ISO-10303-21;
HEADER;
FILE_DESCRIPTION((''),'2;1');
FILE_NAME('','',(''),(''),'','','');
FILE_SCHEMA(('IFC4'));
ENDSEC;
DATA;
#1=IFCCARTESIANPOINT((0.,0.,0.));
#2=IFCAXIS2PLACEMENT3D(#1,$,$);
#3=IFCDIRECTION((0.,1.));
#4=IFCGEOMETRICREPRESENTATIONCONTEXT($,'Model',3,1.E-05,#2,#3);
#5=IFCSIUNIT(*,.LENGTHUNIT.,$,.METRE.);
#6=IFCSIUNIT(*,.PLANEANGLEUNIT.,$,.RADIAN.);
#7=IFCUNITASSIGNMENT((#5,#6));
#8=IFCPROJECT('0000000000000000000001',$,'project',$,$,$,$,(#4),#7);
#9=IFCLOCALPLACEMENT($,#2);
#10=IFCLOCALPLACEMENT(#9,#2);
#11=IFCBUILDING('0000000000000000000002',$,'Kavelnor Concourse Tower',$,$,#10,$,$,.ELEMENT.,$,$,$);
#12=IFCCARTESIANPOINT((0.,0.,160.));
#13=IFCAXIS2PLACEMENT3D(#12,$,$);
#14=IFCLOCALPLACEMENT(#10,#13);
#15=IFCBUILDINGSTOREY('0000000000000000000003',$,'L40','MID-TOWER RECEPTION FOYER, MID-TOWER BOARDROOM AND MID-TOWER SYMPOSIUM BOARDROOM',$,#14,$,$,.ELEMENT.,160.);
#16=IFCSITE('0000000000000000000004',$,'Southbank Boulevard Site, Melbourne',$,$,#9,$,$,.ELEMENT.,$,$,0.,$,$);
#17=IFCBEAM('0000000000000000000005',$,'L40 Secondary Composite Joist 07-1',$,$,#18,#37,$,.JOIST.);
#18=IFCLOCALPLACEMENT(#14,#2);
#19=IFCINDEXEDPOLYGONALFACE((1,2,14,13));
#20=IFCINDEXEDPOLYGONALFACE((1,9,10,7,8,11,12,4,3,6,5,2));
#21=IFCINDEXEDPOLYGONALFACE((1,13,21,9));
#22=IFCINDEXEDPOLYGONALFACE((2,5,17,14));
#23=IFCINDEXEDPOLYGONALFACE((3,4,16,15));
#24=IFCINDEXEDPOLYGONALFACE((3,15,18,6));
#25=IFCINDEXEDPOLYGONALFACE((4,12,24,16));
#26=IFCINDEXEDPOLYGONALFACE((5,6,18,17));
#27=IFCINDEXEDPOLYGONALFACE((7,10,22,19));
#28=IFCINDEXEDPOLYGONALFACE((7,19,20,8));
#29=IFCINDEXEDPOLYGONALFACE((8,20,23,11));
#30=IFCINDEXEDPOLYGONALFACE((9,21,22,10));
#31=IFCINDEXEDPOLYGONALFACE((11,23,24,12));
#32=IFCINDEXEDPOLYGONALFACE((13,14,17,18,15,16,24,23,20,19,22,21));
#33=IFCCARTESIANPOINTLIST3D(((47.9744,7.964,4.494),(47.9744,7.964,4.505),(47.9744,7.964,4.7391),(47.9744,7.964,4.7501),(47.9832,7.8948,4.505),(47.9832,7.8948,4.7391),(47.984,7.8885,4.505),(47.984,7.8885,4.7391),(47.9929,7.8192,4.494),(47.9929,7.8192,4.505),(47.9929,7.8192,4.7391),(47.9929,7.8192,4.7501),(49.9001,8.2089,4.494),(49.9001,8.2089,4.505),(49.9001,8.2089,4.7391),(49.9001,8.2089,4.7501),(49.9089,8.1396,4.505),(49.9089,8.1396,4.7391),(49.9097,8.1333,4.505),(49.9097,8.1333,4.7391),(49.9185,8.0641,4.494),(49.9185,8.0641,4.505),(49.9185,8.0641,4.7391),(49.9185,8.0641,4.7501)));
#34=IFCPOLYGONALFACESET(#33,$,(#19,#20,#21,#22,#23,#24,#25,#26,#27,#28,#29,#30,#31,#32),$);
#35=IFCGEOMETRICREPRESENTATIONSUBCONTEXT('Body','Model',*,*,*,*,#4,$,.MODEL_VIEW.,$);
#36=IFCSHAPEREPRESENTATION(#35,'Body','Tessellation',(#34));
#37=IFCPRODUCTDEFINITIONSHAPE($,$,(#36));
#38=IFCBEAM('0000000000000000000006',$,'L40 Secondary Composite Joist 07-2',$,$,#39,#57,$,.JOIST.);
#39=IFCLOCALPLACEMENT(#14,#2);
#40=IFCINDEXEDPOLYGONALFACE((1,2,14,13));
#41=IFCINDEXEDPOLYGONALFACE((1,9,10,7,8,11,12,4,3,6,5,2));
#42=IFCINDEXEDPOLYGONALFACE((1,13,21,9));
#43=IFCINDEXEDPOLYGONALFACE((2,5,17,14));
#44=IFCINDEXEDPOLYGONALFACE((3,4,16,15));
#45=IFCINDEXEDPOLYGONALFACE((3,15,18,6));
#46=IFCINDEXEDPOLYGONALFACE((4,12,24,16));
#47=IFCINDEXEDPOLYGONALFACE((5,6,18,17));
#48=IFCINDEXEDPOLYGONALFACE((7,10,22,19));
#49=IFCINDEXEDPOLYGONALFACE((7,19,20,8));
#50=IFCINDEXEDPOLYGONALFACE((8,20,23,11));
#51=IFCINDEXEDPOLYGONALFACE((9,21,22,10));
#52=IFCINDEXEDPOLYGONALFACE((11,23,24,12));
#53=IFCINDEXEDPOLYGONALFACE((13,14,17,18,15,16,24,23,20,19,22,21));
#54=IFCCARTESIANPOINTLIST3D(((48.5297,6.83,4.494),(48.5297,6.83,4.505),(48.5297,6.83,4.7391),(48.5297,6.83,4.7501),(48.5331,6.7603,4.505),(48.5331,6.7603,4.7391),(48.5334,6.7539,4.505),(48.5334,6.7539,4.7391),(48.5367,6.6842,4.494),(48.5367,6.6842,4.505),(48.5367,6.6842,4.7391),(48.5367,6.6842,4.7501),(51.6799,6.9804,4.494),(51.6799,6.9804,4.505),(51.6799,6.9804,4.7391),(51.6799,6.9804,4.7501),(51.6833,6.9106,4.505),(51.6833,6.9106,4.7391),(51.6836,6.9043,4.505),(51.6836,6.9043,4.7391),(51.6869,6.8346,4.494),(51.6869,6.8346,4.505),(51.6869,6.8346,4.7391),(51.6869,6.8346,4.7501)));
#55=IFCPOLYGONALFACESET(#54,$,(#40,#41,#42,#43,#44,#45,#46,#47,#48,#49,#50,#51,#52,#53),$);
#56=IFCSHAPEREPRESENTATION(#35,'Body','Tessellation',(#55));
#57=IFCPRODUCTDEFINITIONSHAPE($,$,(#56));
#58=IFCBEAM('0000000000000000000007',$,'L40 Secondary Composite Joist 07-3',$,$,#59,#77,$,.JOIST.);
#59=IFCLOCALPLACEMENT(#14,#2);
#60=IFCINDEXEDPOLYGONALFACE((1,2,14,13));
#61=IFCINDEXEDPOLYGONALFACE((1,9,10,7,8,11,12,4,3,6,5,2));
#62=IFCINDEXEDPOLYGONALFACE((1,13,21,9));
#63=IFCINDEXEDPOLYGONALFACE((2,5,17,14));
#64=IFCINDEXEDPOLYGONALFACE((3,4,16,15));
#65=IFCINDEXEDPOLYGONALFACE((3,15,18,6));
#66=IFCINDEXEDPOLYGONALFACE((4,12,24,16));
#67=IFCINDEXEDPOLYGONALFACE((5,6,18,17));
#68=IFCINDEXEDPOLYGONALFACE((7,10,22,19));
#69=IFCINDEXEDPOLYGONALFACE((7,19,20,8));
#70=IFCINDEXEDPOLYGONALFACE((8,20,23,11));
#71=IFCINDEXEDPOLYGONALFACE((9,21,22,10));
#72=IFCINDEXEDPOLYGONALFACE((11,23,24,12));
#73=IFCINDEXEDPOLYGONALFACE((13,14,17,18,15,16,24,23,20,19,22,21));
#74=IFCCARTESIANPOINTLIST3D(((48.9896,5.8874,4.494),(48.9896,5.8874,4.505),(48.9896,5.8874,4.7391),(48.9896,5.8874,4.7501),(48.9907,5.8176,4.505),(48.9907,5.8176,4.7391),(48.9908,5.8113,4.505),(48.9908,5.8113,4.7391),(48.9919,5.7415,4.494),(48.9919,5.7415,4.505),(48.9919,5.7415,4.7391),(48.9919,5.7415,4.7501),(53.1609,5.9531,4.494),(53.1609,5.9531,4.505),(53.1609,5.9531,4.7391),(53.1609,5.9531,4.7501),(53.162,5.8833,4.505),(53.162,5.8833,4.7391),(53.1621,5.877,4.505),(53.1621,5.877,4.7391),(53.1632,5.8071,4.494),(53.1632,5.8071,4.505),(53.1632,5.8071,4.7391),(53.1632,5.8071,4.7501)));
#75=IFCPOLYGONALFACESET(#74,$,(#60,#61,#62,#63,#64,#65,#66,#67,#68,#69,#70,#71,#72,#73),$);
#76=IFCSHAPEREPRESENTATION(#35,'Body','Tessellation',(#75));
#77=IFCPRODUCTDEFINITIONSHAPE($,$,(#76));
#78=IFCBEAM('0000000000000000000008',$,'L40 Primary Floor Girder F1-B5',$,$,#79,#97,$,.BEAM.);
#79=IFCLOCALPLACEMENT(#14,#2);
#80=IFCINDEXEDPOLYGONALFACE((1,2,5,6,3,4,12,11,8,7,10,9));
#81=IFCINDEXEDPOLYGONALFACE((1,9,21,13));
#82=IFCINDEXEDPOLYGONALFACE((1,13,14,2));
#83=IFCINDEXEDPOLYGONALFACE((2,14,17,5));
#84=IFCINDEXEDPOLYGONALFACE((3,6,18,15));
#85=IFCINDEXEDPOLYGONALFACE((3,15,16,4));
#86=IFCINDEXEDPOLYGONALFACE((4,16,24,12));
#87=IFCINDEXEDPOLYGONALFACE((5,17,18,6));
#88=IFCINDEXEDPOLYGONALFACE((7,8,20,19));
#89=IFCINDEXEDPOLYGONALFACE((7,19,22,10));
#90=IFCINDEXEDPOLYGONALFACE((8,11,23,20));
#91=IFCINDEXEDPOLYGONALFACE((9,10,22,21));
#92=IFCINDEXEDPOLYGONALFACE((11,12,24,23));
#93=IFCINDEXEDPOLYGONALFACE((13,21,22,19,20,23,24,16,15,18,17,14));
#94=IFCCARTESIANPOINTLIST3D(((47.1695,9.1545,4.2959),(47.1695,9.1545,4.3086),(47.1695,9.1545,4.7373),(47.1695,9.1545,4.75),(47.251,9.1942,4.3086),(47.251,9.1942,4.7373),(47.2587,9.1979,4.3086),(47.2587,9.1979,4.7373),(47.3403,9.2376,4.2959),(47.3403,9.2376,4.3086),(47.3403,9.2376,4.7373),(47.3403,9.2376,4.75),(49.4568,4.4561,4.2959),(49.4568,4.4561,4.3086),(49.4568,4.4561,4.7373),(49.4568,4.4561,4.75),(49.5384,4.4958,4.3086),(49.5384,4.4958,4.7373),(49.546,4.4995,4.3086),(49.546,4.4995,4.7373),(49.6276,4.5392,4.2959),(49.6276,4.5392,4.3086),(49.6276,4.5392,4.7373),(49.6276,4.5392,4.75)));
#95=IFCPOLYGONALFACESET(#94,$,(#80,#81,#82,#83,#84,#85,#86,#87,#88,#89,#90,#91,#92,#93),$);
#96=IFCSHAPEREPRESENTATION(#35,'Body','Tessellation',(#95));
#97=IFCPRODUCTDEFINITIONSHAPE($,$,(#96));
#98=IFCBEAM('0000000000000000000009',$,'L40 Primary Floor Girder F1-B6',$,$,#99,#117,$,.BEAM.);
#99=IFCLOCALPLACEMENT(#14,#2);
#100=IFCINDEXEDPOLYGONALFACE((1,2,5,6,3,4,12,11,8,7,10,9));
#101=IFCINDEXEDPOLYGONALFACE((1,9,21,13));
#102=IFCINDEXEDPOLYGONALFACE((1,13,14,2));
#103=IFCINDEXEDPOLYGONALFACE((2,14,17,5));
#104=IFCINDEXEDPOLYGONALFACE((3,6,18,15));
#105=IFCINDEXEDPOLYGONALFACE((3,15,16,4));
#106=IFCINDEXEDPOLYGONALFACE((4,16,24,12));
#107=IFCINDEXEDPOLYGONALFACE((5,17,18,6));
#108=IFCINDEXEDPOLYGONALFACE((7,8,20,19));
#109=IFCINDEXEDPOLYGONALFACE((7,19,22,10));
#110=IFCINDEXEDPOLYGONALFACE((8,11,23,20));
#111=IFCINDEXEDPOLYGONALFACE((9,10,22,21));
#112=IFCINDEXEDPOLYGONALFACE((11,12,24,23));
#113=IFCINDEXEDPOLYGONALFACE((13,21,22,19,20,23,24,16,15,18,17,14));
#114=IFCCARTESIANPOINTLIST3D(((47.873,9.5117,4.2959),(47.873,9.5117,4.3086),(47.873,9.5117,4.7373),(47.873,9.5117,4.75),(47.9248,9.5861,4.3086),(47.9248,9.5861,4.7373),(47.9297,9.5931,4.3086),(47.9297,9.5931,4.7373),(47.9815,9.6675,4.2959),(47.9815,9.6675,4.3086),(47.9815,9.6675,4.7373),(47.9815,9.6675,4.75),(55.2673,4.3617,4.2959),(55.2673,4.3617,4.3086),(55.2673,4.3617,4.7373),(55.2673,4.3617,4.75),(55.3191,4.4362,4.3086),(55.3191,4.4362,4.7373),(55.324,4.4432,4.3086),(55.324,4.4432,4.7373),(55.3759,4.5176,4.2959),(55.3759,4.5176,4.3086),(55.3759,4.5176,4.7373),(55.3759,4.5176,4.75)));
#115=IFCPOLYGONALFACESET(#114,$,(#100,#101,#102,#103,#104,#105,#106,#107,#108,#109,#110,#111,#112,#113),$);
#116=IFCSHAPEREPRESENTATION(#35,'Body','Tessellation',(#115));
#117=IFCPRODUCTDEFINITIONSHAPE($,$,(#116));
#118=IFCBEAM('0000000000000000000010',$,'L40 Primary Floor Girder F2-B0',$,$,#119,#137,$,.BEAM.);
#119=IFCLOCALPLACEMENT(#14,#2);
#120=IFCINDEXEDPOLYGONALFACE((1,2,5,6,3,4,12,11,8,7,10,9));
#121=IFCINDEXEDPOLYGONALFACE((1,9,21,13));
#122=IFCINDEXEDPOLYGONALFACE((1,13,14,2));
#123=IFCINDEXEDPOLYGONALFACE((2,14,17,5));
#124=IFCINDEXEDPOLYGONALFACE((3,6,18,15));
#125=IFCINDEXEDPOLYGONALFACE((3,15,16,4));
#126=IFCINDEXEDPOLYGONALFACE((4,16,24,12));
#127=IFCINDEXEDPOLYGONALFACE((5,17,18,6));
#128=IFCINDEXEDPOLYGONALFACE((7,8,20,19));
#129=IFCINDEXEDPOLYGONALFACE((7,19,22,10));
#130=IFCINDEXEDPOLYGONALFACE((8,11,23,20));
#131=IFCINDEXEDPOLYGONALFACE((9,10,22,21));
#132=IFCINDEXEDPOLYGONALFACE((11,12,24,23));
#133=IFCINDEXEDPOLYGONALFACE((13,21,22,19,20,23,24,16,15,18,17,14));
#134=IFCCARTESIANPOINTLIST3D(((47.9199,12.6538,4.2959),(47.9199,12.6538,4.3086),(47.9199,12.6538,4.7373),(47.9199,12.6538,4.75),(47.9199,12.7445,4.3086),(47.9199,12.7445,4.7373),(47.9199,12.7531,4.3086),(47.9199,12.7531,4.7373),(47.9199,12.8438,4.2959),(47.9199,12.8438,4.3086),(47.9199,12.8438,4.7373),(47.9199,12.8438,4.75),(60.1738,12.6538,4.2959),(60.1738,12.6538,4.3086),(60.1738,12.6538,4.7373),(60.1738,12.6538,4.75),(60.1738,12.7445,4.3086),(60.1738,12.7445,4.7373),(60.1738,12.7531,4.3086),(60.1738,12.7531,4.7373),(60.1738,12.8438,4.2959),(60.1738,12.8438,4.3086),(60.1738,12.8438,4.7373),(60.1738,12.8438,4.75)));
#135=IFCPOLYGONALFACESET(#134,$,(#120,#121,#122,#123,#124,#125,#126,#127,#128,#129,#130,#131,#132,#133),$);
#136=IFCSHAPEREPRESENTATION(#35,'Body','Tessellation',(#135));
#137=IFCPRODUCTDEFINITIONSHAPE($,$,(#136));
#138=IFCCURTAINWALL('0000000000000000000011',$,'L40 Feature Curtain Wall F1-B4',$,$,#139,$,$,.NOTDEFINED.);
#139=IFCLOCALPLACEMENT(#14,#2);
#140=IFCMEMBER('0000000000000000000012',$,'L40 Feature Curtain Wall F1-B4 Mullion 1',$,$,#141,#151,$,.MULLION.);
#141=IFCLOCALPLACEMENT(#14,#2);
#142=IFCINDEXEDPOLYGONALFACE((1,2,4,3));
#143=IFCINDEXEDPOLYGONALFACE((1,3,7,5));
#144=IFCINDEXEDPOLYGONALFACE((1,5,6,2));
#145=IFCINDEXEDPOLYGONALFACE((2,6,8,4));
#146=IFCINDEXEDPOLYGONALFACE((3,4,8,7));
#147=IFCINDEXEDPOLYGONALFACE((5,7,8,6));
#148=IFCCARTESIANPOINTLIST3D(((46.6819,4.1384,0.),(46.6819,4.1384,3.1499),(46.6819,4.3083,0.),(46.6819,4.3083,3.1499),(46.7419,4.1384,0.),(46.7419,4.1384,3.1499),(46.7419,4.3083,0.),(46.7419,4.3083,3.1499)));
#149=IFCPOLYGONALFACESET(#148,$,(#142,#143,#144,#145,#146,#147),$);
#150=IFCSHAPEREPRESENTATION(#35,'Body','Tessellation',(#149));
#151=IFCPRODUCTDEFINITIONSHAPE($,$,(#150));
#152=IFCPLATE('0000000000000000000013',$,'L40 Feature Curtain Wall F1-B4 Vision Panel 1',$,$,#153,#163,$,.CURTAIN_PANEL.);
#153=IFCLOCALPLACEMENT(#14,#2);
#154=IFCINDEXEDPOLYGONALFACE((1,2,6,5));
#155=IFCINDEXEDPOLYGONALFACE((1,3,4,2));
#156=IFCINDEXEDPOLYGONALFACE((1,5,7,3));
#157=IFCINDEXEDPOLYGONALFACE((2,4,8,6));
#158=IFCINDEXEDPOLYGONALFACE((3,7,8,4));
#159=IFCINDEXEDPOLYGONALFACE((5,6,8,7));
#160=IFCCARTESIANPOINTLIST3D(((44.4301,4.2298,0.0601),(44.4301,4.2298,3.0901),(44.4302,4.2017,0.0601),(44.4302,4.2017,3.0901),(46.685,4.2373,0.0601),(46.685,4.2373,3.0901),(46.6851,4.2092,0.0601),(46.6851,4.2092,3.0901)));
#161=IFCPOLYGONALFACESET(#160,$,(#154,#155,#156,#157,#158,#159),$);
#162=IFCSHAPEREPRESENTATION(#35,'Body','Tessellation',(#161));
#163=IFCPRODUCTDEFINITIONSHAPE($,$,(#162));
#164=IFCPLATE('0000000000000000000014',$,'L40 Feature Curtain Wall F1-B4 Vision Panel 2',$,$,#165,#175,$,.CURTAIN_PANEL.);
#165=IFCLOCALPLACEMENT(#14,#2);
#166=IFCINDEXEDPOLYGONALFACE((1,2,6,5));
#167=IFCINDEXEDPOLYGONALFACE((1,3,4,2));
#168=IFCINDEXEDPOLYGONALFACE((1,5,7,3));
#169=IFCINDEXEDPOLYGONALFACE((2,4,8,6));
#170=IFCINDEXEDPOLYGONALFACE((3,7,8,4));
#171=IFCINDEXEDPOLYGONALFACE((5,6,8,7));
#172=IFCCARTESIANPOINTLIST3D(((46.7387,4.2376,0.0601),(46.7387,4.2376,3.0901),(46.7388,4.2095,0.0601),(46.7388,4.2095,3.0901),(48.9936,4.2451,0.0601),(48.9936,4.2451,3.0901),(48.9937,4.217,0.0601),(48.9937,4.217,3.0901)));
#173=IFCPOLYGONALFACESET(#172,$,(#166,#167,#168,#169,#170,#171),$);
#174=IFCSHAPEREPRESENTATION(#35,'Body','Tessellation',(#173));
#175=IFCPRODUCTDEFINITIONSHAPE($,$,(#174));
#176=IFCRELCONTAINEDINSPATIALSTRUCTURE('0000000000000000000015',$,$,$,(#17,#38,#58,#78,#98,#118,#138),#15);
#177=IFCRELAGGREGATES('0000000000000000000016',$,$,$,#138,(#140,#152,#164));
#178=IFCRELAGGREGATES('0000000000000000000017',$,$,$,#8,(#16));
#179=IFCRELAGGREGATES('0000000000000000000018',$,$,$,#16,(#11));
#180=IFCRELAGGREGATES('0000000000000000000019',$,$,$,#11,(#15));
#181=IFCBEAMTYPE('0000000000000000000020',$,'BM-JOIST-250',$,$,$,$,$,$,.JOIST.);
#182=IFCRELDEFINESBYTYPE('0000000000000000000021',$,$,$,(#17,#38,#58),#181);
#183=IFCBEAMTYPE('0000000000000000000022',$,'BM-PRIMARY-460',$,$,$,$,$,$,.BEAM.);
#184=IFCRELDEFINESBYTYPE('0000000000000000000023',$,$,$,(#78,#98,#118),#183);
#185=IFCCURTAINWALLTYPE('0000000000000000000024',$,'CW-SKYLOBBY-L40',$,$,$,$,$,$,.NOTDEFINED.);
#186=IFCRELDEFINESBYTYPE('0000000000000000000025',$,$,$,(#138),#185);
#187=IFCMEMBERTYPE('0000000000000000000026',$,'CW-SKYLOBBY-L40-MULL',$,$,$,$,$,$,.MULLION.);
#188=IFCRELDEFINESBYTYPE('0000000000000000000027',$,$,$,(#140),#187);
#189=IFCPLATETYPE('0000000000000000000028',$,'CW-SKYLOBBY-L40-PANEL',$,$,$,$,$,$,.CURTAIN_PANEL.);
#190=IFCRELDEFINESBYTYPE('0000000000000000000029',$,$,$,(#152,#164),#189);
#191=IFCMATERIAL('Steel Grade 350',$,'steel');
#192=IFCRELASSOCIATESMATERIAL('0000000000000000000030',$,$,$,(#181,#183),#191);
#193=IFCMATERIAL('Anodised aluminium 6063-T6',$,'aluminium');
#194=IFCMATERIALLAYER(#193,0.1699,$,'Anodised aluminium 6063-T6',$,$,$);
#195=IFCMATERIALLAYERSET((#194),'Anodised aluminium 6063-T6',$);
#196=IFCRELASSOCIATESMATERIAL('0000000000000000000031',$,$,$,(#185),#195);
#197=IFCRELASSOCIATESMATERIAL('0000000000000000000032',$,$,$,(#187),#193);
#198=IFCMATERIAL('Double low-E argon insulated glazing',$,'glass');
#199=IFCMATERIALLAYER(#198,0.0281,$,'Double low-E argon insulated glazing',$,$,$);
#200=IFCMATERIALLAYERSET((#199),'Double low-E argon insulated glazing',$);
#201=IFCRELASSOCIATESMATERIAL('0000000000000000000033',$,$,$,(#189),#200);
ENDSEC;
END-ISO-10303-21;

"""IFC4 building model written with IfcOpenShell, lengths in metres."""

from ifc_helpers import new_model, si_unit, direction, frame, origin, origin_2d, place, context, subcontext, project, spatial, rectangle, i_section, extrude, material, layer, layer_set, material_profile, profile_set, type_object, element, aggregate, save


model = new_model("IFC4")

# Units and contexts
model_context = context("Model", 3, precision=1e-05, world=origin(), true_north=direction((0.0, 1.0)))
body_context = subcontext(model_context, "Body", "Model", "MODEL_VIEW")
ifc_project = project(units=[si_unit("LENGTHUNIT", "METRE"), si_unit("PLANEANGLEUNIT", "RADIAN")], contexts=[model_context])

# Site, building, storey
site_placement = place(None, origin())
site = spatial("IfcSite", under=ifc_project, at=site_placement, Name="Southbank Boulevard Site, Melbourne", CompositionType="ELEMENT", RefElevation=0.0)
building_placement = place(site_placement, origin())
building = spatial("IfcBuilding", under=site, at=building_placement, Name="Kavelnor Concourse Tower", CompositionType="ELEMENT")
storey_placement = place(building_placement, frame((0.0, 0.0, 160.0)))
storey = spatial("IfcBuildingStorey", under=building, at=storey_placement, Name="L40", Description="MID-TOWER RECEPTION FOYER, MID-TOWER BOARDROOM AND MID-TOWER SYMPOSIUM BOARDROOM", CompositionType="ELEMENT", Elevation=160.0)

# Beams
ifc_material_1 = material(Name="Steel Grade 350", Category="steel")
ifc_material_profile_1 = material_profile(ifc_material_1, i_section(OverallWidth=0.146, OverallDepth=0.2561, WebThickness=0.0063, FlangeThickness=0.011, at=origin_2d()), Name="250UB37")
ifc_profile_set_1 = profile_set([ifc_material_profile_1], Name="Steel Grade 350")
beam_type_1 = type_object("IfcBeamType", Name="BM-JOIST-250", PredefinedType="JOIST", material=ifc_profile_set_1)
beam_1_placement = place(storey_placement, frame((47.9836, 7.8916, 4.6221), z_axis=(0.992011, 0.126155, 0.0), x_axis=(-0.126155, 0.992011, 0.0)))
element("IfcBeam", 1, at=beam_1_placement, inside=storey, type_object=beam_type_1, Name="L40 Secondary Composite Joist 07-1", PredefinedType="JOIST", context=body_context, shape_type="SweptSolid", body=[
    extrude(i_section(OverallWidth=0.146, OverallDepth=0.2561, WebThickness=0.0063, FlangeThickness=0.011, at=origin_2d()), origin(), (0.0, 0.0, 1.0), 1.9412),
])
beam_2_placement = place(storey_placement, frame((48.5332, 6.7571, 4.6221), z_axis=(0.998862, 0.047687, 0.0), x_axis=(-0.047687, 0.998862, 0.0)))
element("IfcBeam", 2, at=beam_2_placement, inside=storey, type_object=beam_type_1, Name="L40 Secondary Composite Joist 07-2", PredefinedType="JOIST", context=body_context, shape_type="SweptSolid", body=[
    extrude(i_section(OverallWidth=0.146, OverallDepth=0.2561, WebThickness=0.0063, FlangeThickness=0.011, at=origin_2d()), origin(), (0.0, 0.0, 1.0), 3.1538),
])
beam_3_placement = place(storey_placement, frame((48.9907, 5.8145, 4.6221), z_axis=(0.999876, 0.015742, 0.0), x_axis=(-0.015742, 0.999876, 0.0)))
element("IfcBeam", 3, at=beam_3_placement, inside=storey, type_object=beam_type_1, Name="L40 Secondary Composite Joist 07-3", PredefinedType="JOIST", context=body_context, shape_type="SweptSolid", body=[
    extrude(i_section(OverallWidth=0.146, OverallDepth=0.2561, WebThickness=0.0063, FlangeThickness=0.011, at=origin_2d()), origin(), (0.0, 0.0, 1.0), 4.1719),
])
ifc_material_profile_2 = material_profile(ifc_material_1, i_section(OverallWidth=0.1899, OverallDepth=0.4541, WebThickness=0.0085, FlangeThickness=0.0127, at=origin_2d()), Name="460UB67")
ifc_profile_set_2 = profile_set([ifc_material_profile_2], Name="Steel Grade 350")
beam_type_2 = type_object("IfcBeamType", Name="BM-PRIMARY-460", PredefinedType="BEAM", material=ifc_profile_set_2)
beam_4_placement = place(storey_placement, frame((47.2549, 9.196, 4.5229), z_axis=(0.437714, -0.899114, 0.0), x_axis=(0.899114, 0.437714, 0.0)))
element("IfcBeam", 4, at=beam_4_placement, inside=storey, type_object=beam_type_2, Name="L40 Primary Floor Girder F1-B5", PredefinedType="BEAM", context=body_context, shape_type="SweptSolid", body=[
    extrude(i_section(OverallWidth=0.1899, OverallDepth=0.4541, WebThickness=0.0085, FlangeThickness=0.0127, at=origin_2d()), origin(), (0.0, 0.0, 1.0), 5.2256),
])
beam_5_placement = place(storey_placement, frame((47.9272, 9.5896, 4.5229), z_axis=(0.82059, -0.571517, 0.0), x_axis=(0.571517, 0.82059, 0.0)))
element("IfcBeam", 5, at=beam_5_placement, inside=storey, type_object=beam_type_2, Name="L40 Primary Floor Girder F1-B6", PredefinedType="BEAM", context=body_context, shape_type="SweptSolid", body=[
    extrude(i_section(OverallWidth=0.1899, OverallDepth=0.4541, WebThickness=0.0085, FlangeThickness=0.0127, at=origin_2d()), origin(), (0.0, 0.0, 1.0), 9.011),
])
beam_6_placement = place(storey_placement, frame((47.9199, 12.7488, 4.5229), z_axis=(1.0, 0.0, 0.0), x_axis=(0.0, 1.0, 0.0)))
element("IfcBeam", 6, at=beam_6_placement, inside=storey, type_object=beam_type_2, Name="L40 Primary Floor Girder F2-B0", PredefinedType="BEAM", context=body_context, shape_type="SweptSolid", body=[
    extrude(i_section(OverallWidth=0.1899, OverallDepth=0.4541, WebThickness=0.0085, FlangeThickness=0.0127, at=origin_2d()), origin(), (0.0, 0.0, 1.0), 12.2539),
])

# Curtain wall, member, plates
ifc_material_2 = material(Name="Anodised aluminium 6063-T6", Category="aluminium")
ifc_layer_1 = layer(ifc_material_2, 0.1699, Name="Anodised aluminium 6063-T6")
ifc_layer_set_1 = layer_set([ifc_layer_1], Name="Anodised aluminium 6063-T6")
curtain_wall_type = type_object("IfcCurtainWallType", Name="CW-SKYLOBBY-L40", PredefinedType="NOTDEFINED", material=ifc_layer_set_1)
curtain_wall_placement = place(storey_placement, origin())
curtain_wall = element("IfcCurtainWall", 7, at=curtain_wall_placement, inside=storey, type_object=curtain_wall_type, Name="L40 Feature Curtain Wall F1-B4", PredefinedType="NOTDEFINED")
ifc_material_profile_3 = material_profile(ifc_material_2, rectangle(XDim=0.0601, YDim=0.1699, at=origin_2d()), Name="AL-MULL 60x170")
ifc_profile_set_3 = profile_set([ifc_material_profile_3], Name="Anodised aluminium 6063-T6")
member_type = type_object("IfcMemberType", Name="CW-SKYLOBBY-L40-MULL", PredefinedType="MULLION", material=ifc_profile_set_3)
member_placement = place(storey_placement, frame((46.7119, 4.2234, 0.0), z_axis=(0.0, 0.0, 1.0), x_axis=(1.0, 0.0, 0.0)))
member = element("IfcMember", 8, at=member_placement, type_object=member_type, Name="L40 Feature Curtain Wall F1-B4 Mullion 1", PredefinedType="MULLION", context=body_context, shape_type="SweptSolid", body=[
    extrude(rectangle(XDim=0.0601, YDim=0.1699, at=origin_2d()), origin(), (0.0, 0.0, 1.0), 3.1499),
])
ifc_material_3 = material(Name="Double low-E argon insulated glazing", Category="glass")
ifc_layer_2 = layer(ifc_material_3, 0.0281, Name="Double low-E argon insulated glazing")
ifc_layer_set_2 = layer_set([ifc_layer_2], Name="Double low-E argon insulated glazing")
plate_type = type_object("IfcPlateType", Name="CW-SKYLOBBY-L40-PANEL", PredefinedType="CURTAIN_PANEL", material=ifc_layer_set_2)
plate_1_placement = place(storey_placement, frame((45.5576, 4.2195, 0.0601), z_axis=(0.0, 0.0, 1.0), x_axis=(0.999995, 0.003316, 0.0)))
plate_1 = element("IfcPlate", 9, at=plate_1_placement, type_object=plate_type, Name="L40 Feature Curtain Wall F1-B4 Vision Panel 1", PredefinedType="CURTAIN_PANEL", context=body_context, shape_type="SweptSolid", body=[
    extrude(rectangle(XDim=2.2549, YDim=0.0281, at=origin_2d()), origin(), (0.0, 0.0, 1.0), 3.03),
])
plate_2_placement = place(storey_placement, frame((47.8662, 4.2273, 0.0601), z_axis=(0.0, 0.0, 1.0), x_axis=(0.999995, 0.003316, 0.0)))
plate_2 = element("IfcPlate", 10, at=plate_2_placement, type_object=plate_type, Name="L40 Feature Curtain Wall F1-B4 Vision Panel 2", PredefinedType="CURTAIN_PANEL", context=body_context, shape_type="SweptSolid", body=[
    extrude(rectangle(XDim=2.2549, YDim=0.0281, at=origin_2d()), origin(), (0.0, 0.0, 1.0), 3.03),
])
aggregate(curtain_wall, [member, plate_1, plate_2])

save(model, "model.ifc")
